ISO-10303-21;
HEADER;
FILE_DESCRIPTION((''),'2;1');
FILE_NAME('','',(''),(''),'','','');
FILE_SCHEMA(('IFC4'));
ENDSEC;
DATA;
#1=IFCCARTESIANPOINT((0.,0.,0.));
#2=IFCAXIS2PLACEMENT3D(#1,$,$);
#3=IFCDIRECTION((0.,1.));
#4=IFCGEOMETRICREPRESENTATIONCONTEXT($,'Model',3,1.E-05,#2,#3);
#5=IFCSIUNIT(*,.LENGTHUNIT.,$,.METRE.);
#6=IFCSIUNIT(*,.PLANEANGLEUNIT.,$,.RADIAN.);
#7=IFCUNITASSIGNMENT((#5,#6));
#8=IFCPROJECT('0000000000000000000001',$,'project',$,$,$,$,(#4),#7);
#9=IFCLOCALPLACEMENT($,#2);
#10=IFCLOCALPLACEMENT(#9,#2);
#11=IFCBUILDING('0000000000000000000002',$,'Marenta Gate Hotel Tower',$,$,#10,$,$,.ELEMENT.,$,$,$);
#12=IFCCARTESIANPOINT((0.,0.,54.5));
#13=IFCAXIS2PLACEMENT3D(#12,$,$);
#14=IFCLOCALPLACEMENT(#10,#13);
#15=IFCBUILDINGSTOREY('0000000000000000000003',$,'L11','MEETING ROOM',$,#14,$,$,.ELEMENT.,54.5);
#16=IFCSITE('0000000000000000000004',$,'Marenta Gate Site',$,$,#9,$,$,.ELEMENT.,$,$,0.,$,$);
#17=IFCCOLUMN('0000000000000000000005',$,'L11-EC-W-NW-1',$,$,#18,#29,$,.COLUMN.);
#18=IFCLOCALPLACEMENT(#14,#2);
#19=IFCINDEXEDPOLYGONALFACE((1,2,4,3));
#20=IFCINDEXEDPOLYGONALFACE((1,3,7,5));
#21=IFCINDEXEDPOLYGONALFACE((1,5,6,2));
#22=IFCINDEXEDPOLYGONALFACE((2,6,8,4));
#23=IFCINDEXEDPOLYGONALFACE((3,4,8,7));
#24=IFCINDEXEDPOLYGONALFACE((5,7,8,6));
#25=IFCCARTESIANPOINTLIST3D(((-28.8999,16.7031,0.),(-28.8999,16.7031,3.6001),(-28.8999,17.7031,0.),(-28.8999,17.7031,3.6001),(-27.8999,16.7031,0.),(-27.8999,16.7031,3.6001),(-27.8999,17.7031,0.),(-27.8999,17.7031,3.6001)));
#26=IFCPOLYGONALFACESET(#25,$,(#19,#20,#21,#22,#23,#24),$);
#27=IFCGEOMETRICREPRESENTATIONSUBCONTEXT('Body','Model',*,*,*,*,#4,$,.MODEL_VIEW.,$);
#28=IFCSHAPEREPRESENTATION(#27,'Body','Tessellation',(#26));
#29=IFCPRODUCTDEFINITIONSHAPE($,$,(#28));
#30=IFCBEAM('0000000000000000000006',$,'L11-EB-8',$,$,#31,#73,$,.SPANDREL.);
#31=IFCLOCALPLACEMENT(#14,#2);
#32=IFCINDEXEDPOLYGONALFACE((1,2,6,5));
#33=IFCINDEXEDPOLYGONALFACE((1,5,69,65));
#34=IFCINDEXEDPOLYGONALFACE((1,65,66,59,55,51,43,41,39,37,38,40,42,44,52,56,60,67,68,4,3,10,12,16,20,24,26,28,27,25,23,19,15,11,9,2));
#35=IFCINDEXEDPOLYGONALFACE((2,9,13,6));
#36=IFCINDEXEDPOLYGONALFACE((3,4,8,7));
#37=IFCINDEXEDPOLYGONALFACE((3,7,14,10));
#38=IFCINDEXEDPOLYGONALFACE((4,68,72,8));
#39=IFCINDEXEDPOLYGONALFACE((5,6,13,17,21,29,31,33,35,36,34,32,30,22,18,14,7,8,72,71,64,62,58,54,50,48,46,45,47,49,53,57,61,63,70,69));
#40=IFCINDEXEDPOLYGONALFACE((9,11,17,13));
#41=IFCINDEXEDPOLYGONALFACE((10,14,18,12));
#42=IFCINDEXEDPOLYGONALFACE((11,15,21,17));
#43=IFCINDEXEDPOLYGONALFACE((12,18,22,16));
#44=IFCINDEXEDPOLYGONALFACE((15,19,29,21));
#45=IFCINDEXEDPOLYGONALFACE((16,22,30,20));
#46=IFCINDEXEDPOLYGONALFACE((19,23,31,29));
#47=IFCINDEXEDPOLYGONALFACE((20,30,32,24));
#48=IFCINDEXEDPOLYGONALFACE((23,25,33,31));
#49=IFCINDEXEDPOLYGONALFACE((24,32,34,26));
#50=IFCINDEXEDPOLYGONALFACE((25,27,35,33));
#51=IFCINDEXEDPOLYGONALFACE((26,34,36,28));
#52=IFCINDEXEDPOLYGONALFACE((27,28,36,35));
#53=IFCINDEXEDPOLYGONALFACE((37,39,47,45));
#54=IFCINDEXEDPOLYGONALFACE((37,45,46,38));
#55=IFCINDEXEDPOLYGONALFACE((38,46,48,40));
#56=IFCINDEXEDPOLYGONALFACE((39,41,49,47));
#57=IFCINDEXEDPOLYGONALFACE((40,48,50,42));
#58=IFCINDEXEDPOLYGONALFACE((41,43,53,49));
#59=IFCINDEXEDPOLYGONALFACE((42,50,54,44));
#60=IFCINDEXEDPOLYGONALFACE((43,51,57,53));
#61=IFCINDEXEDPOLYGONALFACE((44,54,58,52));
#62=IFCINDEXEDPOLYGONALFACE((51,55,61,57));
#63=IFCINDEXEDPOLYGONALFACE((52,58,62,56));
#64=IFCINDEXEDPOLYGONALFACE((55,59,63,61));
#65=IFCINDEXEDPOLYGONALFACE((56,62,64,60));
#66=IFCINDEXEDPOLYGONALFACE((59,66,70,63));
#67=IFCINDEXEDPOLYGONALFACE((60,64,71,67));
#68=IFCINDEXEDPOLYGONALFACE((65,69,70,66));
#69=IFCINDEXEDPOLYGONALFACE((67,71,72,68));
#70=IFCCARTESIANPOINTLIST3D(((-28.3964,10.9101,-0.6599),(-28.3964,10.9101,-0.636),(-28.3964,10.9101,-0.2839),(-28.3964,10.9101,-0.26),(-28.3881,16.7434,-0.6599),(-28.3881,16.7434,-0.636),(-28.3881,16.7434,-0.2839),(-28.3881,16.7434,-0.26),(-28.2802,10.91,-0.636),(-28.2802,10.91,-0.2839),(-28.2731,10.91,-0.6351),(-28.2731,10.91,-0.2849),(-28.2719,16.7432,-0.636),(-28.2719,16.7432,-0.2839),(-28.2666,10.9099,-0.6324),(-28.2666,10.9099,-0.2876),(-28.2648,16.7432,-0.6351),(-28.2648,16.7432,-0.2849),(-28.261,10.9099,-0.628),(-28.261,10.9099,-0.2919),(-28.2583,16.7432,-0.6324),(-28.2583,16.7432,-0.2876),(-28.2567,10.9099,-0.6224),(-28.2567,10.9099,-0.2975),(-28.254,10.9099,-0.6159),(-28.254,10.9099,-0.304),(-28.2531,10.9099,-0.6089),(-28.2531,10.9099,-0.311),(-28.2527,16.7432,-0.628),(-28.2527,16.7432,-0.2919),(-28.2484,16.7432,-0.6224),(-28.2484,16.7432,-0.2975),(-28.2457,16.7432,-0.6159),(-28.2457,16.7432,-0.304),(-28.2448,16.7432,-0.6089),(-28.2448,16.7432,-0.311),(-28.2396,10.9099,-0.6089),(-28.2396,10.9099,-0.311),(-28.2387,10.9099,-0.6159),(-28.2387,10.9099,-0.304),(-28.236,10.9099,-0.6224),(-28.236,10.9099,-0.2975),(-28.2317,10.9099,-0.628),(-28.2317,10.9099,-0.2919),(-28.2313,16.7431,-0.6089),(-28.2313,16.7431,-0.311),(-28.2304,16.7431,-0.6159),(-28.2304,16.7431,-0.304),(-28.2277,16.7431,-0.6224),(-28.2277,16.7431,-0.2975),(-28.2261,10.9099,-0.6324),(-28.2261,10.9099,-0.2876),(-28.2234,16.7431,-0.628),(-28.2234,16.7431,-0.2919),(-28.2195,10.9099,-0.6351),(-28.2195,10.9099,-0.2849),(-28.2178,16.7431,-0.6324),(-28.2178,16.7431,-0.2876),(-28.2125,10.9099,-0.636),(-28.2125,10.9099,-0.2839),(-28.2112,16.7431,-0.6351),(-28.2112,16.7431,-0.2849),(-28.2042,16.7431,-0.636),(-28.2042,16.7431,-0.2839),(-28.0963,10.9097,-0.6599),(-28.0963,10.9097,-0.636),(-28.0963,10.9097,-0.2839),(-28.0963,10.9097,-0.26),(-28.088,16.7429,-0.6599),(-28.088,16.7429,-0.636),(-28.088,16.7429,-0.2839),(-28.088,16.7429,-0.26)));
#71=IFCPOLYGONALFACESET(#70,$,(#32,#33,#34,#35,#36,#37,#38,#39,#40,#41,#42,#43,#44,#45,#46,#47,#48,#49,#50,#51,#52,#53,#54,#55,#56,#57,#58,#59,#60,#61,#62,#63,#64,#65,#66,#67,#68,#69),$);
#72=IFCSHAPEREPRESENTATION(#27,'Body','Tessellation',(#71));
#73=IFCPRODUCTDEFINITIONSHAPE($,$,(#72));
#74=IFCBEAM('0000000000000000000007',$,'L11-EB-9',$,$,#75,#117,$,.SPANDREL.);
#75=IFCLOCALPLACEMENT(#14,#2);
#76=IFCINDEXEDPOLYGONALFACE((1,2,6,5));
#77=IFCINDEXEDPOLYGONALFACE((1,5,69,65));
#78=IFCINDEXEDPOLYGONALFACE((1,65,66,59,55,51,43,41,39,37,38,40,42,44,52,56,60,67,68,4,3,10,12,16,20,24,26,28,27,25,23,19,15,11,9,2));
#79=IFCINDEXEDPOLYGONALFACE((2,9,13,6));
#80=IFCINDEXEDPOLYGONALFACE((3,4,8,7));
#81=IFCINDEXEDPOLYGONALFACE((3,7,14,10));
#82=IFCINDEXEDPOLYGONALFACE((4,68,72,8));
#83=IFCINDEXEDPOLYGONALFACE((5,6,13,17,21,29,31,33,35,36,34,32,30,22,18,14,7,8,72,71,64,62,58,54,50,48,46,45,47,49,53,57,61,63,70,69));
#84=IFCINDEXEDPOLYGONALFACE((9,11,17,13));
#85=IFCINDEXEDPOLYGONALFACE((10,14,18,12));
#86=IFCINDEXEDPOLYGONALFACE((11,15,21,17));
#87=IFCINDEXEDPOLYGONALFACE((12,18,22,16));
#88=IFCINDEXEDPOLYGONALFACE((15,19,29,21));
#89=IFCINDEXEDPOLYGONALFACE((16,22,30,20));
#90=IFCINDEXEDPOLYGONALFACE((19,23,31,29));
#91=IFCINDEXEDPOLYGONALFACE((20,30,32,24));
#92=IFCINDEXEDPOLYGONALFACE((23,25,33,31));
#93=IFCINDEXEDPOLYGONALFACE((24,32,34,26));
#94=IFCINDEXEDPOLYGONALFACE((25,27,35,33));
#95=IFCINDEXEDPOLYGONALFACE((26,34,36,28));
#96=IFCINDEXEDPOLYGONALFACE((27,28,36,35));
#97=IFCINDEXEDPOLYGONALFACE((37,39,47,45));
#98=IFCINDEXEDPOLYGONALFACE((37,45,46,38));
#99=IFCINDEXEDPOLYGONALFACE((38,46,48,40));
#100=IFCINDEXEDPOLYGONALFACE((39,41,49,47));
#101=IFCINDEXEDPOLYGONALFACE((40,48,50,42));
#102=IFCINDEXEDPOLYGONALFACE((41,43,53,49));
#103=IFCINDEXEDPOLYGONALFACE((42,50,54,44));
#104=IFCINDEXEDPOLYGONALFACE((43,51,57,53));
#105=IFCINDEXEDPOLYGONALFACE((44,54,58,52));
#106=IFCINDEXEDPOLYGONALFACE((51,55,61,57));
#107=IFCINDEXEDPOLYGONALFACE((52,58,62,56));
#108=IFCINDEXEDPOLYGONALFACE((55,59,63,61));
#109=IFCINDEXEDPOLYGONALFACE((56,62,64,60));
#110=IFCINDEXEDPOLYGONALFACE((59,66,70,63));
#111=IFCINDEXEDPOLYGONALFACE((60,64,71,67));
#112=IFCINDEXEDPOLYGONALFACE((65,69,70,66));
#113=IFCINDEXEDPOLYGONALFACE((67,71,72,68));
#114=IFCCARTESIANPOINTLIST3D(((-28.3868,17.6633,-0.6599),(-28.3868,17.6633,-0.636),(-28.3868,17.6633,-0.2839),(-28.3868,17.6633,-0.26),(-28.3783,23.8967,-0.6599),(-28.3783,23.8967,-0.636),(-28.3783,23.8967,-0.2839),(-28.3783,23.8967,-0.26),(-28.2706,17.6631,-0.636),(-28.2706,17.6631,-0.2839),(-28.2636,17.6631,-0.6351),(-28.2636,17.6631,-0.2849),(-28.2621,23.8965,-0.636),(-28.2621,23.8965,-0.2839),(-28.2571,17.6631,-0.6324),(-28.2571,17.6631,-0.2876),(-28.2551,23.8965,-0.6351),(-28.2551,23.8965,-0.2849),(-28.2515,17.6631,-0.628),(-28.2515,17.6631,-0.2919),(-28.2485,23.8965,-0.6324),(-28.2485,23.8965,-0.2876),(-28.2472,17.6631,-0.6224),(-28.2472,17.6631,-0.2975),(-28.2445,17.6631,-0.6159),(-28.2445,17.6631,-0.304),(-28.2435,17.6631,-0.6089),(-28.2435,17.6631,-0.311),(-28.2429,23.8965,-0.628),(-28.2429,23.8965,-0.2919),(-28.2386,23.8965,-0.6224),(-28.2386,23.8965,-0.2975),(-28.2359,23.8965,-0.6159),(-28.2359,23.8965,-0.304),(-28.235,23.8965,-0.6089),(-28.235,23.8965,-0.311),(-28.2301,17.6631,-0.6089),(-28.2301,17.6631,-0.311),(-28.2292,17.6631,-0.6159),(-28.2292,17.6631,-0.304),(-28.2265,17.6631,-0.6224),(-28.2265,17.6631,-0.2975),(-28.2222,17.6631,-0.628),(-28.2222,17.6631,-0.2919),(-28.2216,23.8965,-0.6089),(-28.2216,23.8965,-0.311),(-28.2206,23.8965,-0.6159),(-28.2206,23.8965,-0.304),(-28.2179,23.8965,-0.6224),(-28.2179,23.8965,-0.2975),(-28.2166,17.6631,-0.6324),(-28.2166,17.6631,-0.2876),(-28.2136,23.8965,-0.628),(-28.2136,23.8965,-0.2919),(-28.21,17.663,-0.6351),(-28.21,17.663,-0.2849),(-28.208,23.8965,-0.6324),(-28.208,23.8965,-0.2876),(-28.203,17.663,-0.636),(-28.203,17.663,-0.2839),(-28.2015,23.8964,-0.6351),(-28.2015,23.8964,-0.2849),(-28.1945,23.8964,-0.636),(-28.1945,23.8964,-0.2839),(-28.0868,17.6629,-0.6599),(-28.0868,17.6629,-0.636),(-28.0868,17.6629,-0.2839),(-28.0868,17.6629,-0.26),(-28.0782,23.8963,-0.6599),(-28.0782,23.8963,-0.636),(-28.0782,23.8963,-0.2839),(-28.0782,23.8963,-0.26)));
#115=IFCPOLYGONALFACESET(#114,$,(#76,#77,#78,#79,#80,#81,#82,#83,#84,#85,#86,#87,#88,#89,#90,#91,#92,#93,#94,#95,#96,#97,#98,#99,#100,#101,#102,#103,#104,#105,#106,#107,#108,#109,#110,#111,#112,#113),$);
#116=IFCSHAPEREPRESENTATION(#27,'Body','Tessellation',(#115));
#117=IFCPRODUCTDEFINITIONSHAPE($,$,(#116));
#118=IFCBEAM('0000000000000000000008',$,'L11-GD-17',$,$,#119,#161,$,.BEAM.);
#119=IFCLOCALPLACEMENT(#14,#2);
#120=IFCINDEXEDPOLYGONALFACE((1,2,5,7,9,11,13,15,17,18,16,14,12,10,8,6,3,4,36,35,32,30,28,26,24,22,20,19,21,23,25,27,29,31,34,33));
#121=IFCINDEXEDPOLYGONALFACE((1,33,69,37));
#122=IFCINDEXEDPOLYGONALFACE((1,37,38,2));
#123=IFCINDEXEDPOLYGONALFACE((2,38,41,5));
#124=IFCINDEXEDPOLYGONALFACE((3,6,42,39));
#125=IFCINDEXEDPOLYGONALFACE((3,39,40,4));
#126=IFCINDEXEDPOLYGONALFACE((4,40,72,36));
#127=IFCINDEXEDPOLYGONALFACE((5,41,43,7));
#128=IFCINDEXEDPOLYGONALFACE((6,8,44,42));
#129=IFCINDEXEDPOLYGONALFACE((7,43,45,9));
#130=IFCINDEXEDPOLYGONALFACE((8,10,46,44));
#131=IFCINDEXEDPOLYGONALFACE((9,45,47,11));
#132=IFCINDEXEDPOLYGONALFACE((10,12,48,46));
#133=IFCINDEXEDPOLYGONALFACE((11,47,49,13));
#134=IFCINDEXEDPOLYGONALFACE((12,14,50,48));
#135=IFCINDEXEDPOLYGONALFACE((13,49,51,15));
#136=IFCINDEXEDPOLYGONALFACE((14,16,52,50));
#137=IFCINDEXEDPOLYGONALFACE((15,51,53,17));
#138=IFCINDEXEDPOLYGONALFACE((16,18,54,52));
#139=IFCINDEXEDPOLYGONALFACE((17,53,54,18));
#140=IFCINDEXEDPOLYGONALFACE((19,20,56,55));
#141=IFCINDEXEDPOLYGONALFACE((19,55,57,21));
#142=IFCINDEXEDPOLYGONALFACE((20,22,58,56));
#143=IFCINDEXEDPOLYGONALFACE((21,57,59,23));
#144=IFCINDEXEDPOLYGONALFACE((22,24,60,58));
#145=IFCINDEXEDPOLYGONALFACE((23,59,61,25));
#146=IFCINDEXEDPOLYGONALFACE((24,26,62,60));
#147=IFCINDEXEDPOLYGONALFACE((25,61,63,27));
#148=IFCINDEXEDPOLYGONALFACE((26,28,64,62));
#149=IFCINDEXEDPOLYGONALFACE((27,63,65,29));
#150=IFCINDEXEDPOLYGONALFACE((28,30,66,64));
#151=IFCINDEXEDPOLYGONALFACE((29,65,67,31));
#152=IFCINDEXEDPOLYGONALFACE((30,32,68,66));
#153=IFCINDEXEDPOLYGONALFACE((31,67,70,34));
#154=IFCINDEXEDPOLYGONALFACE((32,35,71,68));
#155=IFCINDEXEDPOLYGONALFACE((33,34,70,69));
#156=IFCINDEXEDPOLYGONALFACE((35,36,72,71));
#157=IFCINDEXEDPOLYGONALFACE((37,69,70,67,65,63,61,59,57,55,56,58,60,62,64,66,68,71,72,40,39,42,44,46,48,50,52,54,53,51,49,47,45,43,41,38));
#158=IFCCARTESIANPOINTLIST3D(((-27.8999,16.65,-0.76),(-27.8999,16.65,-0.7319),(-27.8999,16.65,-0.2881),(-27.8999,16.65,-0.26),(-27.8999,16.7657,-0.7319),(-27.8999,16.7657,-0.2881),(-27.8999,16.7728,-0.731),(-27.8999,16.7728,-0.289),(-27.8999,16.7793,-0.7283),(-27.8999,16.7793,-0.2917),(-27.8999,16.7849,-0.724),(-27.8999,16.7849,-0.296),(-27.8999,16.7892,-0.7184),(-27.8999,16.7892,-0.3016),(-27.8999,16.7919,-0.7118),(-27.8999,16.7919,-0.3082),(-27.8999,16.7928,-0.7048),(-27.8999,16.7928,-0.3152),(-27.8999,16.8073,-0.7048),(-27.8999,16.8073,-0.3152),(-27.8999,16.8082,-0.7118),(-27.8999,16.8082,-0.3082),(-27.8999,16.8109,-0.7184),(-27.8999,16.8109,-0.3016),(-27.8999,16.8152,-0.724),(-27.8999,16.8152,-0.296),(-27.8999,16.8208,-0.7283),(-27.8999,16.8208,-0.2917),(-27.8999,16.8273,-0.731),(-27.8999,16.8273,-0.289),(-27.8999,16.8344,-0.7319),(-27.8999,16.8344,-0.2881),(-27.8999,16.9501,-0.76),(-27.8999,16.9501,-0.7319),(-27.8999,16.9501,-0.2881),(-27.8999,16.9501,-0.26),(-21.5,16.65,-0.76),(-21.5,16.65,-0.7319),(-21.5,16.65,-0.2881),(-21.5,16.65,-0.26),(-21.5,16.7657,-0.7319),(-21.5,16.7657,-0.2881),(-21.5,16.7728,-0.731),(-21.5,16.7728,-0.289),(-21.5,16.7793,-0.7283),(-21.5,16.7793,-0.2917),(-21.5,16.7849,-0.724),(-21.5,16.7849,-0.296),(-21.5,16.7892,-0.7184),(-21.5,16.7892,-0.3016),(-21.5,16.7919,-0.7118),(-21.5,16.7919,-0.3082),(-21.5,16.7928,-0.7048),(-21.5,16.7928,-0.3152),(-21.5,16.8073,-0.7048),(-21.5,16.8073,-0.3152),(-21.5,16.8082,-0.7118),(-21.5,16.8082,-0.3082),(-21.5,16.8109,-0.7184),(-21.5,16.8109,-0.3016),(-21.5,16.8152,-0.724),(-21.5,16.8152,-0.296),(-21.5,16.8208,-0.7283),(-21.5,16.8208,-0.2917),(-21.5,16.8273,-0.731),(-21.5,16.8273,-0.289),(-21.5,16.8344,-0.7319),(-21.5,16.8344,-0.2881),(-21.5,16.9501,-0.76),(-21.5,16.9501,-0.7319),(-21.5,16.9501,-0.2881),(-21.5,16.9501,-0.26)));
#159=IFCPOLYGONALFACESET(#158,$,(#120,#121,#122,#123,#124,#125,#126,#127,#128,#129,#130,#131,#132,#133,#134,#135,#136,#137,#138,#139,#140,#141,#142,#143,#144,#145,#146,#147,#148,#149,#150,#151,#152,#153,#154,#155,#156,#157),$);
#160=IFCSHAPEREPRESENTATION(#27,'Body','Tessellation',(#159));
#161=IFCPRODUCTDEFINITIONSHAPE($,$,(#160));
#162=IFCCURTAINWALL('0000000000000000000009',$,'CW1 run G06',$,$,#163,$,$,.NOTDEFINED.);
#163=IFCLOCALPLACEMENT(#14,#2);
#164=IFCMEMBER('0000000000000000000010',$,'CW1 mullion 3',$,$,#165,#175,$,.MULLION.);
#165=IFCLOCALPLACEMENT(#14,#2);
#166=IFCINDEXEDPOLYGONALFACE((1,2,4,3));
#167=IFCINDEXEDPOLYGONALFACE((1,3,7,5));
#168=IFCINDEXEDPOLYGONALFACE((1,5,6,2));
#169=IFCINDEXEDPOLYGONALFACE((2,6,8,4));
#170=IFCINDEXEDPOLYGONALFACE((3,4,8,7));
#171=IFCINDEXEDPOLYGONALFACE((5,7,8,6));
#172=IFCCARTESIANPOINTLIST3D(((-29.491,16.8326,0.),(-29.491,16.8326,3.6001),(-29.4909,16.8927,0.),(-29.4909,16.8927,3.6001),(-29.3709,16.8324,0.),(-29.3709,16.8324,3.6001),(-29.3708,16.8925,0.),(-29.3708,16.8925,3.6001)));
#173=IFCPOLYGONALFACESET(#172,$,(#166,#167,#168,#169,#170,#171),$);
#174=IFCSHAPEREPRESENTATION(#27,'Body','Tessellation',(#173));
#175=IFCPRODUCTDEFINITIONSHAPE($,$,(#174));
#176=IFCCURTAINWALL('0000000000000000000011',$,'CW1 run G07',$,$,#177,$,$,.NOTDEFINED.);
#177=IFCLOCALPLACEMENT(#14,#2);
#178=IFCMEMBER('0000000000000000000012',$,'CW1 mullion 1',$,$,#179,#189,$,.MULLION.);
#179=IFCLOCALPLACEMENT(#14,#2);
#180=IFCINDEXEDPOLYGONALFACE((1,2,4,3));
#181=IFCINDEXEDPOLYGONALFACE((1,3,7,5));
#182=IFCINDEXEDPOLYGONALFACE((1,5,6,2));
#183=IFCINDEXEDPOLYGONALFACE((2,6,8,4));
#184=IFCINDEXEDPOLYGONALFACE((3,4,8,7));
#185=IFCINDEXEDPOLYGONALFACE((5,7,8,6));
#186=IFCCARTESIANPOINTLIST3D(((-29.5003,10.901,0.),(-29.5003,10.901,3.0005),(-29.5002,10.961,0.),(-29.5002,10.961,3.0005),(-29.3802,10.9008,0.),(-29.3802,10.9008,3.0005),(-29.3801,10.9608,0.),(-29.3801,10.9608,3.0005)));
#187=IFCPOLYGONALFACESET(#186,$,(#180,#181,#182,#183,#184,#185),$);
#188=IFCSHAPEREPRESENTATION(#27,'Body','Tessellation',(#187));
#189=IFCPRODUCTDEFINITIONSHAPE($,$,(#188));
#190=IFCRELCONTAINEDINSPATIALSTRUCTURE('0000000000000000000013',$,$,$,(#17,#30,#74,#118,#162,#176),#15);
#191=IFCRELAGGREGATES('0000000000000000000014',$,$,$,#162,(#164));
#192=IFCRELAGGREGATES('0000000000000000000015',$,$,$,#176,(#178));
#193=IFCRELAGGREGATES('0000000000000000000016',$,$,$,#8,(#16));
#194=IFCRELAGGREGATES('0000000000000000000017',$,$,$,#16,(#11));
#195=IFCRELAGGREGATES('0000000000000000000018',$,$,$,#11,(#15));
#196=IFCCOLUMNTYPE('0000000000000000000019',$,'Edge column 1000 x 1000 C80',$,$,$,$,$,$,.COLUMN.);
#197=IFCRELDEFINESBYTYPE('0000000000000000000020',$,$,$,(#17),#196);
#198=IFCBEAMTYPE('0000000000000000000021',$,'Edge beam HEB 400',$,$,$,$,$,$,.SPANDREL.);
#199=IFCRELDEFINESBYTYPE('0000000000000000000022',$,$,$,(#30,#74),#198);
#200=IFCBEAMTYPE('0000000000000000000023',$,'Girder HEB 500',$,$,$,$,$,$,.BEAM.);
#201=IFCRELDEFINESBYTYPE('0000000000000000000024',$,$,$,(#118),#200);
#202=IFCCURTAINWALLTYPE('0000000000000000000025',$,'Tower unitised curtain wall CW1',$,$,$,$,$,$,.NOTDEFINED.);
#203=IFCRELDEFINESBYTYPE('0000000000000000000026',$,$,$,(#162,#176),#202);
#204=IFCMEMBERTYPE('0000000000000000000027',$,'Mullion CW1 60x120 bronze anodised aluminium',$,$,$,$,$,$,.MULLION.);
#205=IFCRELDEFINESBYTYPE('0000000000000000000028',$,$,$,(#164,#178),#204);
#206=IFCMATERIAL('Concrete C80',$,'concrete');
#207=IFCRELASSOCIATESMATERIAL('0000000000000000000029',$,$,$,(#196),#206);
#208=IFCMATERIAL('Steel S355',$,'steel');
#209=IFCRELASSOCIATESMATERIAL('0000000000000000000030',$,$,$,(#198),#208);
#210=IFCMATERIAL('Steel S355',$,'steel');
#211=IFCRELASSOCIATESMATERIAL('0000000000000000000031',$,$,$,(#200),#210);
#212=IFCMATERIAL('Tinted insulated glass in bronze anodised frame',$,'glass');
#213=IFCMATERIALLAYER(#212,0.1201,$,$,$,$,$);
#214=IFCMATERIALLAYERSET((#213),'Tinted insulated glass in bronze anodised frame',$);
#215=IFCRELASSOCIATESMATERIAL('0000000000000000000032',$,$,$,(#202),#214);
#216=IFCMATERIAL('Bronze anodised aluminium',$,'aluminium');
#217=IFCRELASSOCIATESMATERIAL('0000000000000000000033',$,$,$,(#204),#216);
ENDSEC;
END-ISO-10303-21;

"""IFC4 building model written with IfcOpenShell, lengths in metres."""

from ifc_helpers import new_model, si_unit, direction, frame, origin, origin_2d, place, context, subcontext, project, spatial, rectangle, i_section, extrude, material, layer, layer_set, material_profile, profile_set, type_object, element, aggregate, save


model = new_model("IFC4")

# Units and contexts
model_context = context("Model", 3, precision=1e-05, world=origin(), true_north=direction((0.0, 1.0)))
body_context = subcontext(model_context, "Body", "Model", "MODEL_VIEW")
ifc_project = project(units=[si_unit("LENGTHUNIT", "METRE"), si_unit("PLANEANGLEUNIT", "RADIAN")], contexts=[model_context])

# Site, building, storey
site_placement = place(None, origin())
site = spatial("IfcSite", under=ifc_project, at=site_placement, Name="Marenta Gate Site", CompositionType="ELEMENT", RefElevation=0.0)
building_placement = place(site_placement, origin())
building = spatial("IfcBuilding", under=site, at=building_placement, Name="Marenta Gate Hotel Tower", CompositionType="ELEMENT")
storey_placement = place(building_placement, frame((0.0, 0.0, 54.5)))
storey = spatial("IfcBuildingStorey", under=building, at=storey_placement, Name="L11", Description="MEETING ROOM", CompositionType="ELEMENT", Elevation=54.5)

# Column
ifc_material_1 = material(Name="Concrete C80", Category="concrete")
ifc_material_profile_1 = material_profile(ifc_material_1, rectangle(XDim=1.0, YDim=1.0, at=origin_2d()), Name="1000 x 1000")
ifc_profile_set_1 = profile_set([ifc_material_profile_1], Name="Concrete C80")
column_type = type_object("IfcColumnType", Name="Edge column 1000 x 1000 C80", PredefinedType="COLUMN", material=ifc_profile_set_1)
column_placement = place(storey_placement, frame((-28.3999, 17.2031, 0.0), z_axis=(0.0, 0.0, 1.0), x_axis=(1.0, 0.0, 0.0)))
element("IfcColumn", 1, at=column_placement, inside=storey, type_object=column_type, Name="L11-EC-W-NW-1", PredefinedType="COLUMN", context=body_context, shape_type="SweptSolid", body=[
    extrude(rectangle(XDim=1.0, YDim=1.0, at=origin_2d()), origin(), (0.0, 0.0, 1.0), 3.6001),
])

# Beams
ifc_material_2 = material(Name="Steel S355", Category="steel")
ifc_material_profile_2 = material_profile(ifc_material_2, i_section(OverallWidth=0.3, OverallDepth=0.3999, WebThickness=0.0134, FlangeThickness=0.0239, FilletRadius=0.0271, at=origin_2d()), Name="HEB 400")
ifc_profile_set_2 = profile_set([ifc_material_profile_2], Name="Steel S355")
beam_type_1 = type_object("IfcBeamType", Name="Edge beam HEB 400", PredefinedType="SPANDREL", material=ifc_profile_set_2)
beam_1_placement = place(storey_placement, frame((-28.2463, 10.9099, -0.46), z_axis=(0.001423, 0.999999, 0.0), x_axis=(-0.999999, 0.001423, 0.0)))
element("IfcBeam", 2, at=beam_1_placement, inside=storey, type_object=beam_type_1, Name="L11-EB-8", PredefinedType="SPANDREL", context=body_context, shape_type="SweptSolid", body=[
    extrude(i_section(OverallWidth=0.3, OverallDepth=0.3999, WebThickness=0.0134, FlangeThickness=0.0239, FilletRadius=0.0271, at=origin_2d()), origin(), (0.0, 0.0, 1.0), 5.8333),
])
beam_2_placement = place(storey_placement, frame((-28.2368, 17.6631, -0.46), z_axis=(0.001371, 0.999999, 0.0), x_axis=(-0.999999, 0.001371, 0.0)))
element("IfcBeam", 3, at=beam_2_placement, inside=storey, type_object=beam_type_1, Name="L11-EB-9", PredefinedType="SPANDREL", context=body_context, shape_type="SweptSolid", body=[
    extrude(i_section(OverallWidth=0.3, OverallDepth=0.3999, WebThickness=0.0134, FlangeThickness=0.0239, FilletRadius=0.0271, at=origin_2d()), origin(), (0.0, 0.0, 1.0), 6.2334),
])
ifc_material_3 = material(Name="Steel S355", Category="steel")
ifc_material_profile_3 = material_profile(ifc_material_3, i_section(OverallWidth=0.3, OverallDepth=0.5, WebThickness=0.0144, FlangeThickness=0.0281, FilletRadius=0.0271, at=origin_2d()), Name="HEB 500")
ifc_profile_set_3 = profile_set([ifc_material_profile_3], Name="Steel S355")
beam_type_2 = type_object("IfcBeamType", Name="Girder HEB 500", PredefinedType="BEAM", material=ifc_profile_set_3)
beam_3_placement = place(storey_placement, frame((-27.8999, 16.8, -0.51), z_axis=(1.0, 0.0, 0.0), x_axis=(0.0, 1.0, 0.0)))
element("IfcBeam", 4, at=beam_3_placement, inside=storey, type_object=beam_type_2, Name="L11-GD-17", PredefinedType="BEAM", context=body_context, shape_type="SweptSolid", body=[
    extrude(i_section(OverallWidth=0.3, OverallDepth=0.5, WebThickness=0.0144, FlangeThickness=0.0281, FilletRadius=0.0271, at=origin_2d()), origin(), (0.0, 0.0, 1.0), 6.3999),
])

# Curtain walls, members
ifc_material_4 = material(Name="Tinted insulated glass in bronze anodised frame", Category="glass")
ifc_layer_1 = layer(ifc_material_4, 0.1201)
ifc_layer_set_1 = layer_set([ifc_layer_1], Name="Tinted insulated glass in bronze anodised frame")
curtain_wall_type = type_object("IfcCurtainWallType", Name="Tower unitised curtain wall CW1", PredefinedType="NOTDEFINED", material=ifc_layer_set_1)
curtain_wall_1_placement = place(storey_placement, origin())
curtain_wall_1 = element("IfcCurtainWall", 5, at=curtain_wall_1_placement, inside=storey, type_object=curtain_wall_type, Name="CW1 run G06", PredefinedType="NOTDEFINED")
ifc_material_5 = material(Name="Bronze anodised aluminium", Category="aluminium")
ifc_material_profile_4 = material_profile(ifc_material_5, rectangle(XDim=0.1201, YDim=0.0601, at=origin_2d()), Name="Mullion CW1 60x120 bronze anodised aluminium")
ifc_profile_set_4 = profile_set([ifc_material_profile_4], Name="Bronze anodised aluminium")
member_type_1 = type_object("IfcMemberType", Name="Mullion CW1 60x120 bronze anodised aluminium", PredefinedType="MULLION", material=ifc_profile_set_4)
member_1_placement = place(storey_placement, frame((-29.4309, 16.8625, 0.0), z_axis=(0.0, 0.0, 1.0), x_axis=(0.999999, -0.00157, 0.0)))
member_1 = element("IfcMember", 6, at=member_1_placement, type_object=member_type_1, Name="CW1 mullion 3", PredefinedType="MULLION", context=body_context, shape_type="SweptSolid", body=[
    extrude(rectangle(XDim=0.1201, YDim=0.0601, at=origin_2d()), origin(), (0.0, 0.0, 1.0), 3.6001),
])
curtain_wall_2_placement = place(storey_placement, origin())
curtain_wall_2 = element("IfcCurtainWall", 7, at=curtain_wall_2_placement, inside=storey, type_object=curtain_wall_type, Name="CW1 run G07", PredefinedType="NOTDEFINED")
member_2_placement = place(storey_placement, frame((-29.4402, 10.9309, 0.0), z_axis=(0.0, 0.0, 1.0), x_axis=(0.999999, -0.001528, 0.0)))
member_2 = element("IfcMember", 8, at=member_2_placement, type_object=member_type_1, Name="CW1 mullion 1", PredefinedType="MULLION", context=body_context, shape_type="SweptSolid", body=[
    extrude(rectangle(XDim=0.1201, YDim=0.0601, at=origin_2d()), origin(), (0.0, 0.0, 1.0), 3.0005),
])

aggregate(curtain_wall_1, [member_1])
aggregate(curtain_wall_2, [member_2])

save(model, "model.ifc")
